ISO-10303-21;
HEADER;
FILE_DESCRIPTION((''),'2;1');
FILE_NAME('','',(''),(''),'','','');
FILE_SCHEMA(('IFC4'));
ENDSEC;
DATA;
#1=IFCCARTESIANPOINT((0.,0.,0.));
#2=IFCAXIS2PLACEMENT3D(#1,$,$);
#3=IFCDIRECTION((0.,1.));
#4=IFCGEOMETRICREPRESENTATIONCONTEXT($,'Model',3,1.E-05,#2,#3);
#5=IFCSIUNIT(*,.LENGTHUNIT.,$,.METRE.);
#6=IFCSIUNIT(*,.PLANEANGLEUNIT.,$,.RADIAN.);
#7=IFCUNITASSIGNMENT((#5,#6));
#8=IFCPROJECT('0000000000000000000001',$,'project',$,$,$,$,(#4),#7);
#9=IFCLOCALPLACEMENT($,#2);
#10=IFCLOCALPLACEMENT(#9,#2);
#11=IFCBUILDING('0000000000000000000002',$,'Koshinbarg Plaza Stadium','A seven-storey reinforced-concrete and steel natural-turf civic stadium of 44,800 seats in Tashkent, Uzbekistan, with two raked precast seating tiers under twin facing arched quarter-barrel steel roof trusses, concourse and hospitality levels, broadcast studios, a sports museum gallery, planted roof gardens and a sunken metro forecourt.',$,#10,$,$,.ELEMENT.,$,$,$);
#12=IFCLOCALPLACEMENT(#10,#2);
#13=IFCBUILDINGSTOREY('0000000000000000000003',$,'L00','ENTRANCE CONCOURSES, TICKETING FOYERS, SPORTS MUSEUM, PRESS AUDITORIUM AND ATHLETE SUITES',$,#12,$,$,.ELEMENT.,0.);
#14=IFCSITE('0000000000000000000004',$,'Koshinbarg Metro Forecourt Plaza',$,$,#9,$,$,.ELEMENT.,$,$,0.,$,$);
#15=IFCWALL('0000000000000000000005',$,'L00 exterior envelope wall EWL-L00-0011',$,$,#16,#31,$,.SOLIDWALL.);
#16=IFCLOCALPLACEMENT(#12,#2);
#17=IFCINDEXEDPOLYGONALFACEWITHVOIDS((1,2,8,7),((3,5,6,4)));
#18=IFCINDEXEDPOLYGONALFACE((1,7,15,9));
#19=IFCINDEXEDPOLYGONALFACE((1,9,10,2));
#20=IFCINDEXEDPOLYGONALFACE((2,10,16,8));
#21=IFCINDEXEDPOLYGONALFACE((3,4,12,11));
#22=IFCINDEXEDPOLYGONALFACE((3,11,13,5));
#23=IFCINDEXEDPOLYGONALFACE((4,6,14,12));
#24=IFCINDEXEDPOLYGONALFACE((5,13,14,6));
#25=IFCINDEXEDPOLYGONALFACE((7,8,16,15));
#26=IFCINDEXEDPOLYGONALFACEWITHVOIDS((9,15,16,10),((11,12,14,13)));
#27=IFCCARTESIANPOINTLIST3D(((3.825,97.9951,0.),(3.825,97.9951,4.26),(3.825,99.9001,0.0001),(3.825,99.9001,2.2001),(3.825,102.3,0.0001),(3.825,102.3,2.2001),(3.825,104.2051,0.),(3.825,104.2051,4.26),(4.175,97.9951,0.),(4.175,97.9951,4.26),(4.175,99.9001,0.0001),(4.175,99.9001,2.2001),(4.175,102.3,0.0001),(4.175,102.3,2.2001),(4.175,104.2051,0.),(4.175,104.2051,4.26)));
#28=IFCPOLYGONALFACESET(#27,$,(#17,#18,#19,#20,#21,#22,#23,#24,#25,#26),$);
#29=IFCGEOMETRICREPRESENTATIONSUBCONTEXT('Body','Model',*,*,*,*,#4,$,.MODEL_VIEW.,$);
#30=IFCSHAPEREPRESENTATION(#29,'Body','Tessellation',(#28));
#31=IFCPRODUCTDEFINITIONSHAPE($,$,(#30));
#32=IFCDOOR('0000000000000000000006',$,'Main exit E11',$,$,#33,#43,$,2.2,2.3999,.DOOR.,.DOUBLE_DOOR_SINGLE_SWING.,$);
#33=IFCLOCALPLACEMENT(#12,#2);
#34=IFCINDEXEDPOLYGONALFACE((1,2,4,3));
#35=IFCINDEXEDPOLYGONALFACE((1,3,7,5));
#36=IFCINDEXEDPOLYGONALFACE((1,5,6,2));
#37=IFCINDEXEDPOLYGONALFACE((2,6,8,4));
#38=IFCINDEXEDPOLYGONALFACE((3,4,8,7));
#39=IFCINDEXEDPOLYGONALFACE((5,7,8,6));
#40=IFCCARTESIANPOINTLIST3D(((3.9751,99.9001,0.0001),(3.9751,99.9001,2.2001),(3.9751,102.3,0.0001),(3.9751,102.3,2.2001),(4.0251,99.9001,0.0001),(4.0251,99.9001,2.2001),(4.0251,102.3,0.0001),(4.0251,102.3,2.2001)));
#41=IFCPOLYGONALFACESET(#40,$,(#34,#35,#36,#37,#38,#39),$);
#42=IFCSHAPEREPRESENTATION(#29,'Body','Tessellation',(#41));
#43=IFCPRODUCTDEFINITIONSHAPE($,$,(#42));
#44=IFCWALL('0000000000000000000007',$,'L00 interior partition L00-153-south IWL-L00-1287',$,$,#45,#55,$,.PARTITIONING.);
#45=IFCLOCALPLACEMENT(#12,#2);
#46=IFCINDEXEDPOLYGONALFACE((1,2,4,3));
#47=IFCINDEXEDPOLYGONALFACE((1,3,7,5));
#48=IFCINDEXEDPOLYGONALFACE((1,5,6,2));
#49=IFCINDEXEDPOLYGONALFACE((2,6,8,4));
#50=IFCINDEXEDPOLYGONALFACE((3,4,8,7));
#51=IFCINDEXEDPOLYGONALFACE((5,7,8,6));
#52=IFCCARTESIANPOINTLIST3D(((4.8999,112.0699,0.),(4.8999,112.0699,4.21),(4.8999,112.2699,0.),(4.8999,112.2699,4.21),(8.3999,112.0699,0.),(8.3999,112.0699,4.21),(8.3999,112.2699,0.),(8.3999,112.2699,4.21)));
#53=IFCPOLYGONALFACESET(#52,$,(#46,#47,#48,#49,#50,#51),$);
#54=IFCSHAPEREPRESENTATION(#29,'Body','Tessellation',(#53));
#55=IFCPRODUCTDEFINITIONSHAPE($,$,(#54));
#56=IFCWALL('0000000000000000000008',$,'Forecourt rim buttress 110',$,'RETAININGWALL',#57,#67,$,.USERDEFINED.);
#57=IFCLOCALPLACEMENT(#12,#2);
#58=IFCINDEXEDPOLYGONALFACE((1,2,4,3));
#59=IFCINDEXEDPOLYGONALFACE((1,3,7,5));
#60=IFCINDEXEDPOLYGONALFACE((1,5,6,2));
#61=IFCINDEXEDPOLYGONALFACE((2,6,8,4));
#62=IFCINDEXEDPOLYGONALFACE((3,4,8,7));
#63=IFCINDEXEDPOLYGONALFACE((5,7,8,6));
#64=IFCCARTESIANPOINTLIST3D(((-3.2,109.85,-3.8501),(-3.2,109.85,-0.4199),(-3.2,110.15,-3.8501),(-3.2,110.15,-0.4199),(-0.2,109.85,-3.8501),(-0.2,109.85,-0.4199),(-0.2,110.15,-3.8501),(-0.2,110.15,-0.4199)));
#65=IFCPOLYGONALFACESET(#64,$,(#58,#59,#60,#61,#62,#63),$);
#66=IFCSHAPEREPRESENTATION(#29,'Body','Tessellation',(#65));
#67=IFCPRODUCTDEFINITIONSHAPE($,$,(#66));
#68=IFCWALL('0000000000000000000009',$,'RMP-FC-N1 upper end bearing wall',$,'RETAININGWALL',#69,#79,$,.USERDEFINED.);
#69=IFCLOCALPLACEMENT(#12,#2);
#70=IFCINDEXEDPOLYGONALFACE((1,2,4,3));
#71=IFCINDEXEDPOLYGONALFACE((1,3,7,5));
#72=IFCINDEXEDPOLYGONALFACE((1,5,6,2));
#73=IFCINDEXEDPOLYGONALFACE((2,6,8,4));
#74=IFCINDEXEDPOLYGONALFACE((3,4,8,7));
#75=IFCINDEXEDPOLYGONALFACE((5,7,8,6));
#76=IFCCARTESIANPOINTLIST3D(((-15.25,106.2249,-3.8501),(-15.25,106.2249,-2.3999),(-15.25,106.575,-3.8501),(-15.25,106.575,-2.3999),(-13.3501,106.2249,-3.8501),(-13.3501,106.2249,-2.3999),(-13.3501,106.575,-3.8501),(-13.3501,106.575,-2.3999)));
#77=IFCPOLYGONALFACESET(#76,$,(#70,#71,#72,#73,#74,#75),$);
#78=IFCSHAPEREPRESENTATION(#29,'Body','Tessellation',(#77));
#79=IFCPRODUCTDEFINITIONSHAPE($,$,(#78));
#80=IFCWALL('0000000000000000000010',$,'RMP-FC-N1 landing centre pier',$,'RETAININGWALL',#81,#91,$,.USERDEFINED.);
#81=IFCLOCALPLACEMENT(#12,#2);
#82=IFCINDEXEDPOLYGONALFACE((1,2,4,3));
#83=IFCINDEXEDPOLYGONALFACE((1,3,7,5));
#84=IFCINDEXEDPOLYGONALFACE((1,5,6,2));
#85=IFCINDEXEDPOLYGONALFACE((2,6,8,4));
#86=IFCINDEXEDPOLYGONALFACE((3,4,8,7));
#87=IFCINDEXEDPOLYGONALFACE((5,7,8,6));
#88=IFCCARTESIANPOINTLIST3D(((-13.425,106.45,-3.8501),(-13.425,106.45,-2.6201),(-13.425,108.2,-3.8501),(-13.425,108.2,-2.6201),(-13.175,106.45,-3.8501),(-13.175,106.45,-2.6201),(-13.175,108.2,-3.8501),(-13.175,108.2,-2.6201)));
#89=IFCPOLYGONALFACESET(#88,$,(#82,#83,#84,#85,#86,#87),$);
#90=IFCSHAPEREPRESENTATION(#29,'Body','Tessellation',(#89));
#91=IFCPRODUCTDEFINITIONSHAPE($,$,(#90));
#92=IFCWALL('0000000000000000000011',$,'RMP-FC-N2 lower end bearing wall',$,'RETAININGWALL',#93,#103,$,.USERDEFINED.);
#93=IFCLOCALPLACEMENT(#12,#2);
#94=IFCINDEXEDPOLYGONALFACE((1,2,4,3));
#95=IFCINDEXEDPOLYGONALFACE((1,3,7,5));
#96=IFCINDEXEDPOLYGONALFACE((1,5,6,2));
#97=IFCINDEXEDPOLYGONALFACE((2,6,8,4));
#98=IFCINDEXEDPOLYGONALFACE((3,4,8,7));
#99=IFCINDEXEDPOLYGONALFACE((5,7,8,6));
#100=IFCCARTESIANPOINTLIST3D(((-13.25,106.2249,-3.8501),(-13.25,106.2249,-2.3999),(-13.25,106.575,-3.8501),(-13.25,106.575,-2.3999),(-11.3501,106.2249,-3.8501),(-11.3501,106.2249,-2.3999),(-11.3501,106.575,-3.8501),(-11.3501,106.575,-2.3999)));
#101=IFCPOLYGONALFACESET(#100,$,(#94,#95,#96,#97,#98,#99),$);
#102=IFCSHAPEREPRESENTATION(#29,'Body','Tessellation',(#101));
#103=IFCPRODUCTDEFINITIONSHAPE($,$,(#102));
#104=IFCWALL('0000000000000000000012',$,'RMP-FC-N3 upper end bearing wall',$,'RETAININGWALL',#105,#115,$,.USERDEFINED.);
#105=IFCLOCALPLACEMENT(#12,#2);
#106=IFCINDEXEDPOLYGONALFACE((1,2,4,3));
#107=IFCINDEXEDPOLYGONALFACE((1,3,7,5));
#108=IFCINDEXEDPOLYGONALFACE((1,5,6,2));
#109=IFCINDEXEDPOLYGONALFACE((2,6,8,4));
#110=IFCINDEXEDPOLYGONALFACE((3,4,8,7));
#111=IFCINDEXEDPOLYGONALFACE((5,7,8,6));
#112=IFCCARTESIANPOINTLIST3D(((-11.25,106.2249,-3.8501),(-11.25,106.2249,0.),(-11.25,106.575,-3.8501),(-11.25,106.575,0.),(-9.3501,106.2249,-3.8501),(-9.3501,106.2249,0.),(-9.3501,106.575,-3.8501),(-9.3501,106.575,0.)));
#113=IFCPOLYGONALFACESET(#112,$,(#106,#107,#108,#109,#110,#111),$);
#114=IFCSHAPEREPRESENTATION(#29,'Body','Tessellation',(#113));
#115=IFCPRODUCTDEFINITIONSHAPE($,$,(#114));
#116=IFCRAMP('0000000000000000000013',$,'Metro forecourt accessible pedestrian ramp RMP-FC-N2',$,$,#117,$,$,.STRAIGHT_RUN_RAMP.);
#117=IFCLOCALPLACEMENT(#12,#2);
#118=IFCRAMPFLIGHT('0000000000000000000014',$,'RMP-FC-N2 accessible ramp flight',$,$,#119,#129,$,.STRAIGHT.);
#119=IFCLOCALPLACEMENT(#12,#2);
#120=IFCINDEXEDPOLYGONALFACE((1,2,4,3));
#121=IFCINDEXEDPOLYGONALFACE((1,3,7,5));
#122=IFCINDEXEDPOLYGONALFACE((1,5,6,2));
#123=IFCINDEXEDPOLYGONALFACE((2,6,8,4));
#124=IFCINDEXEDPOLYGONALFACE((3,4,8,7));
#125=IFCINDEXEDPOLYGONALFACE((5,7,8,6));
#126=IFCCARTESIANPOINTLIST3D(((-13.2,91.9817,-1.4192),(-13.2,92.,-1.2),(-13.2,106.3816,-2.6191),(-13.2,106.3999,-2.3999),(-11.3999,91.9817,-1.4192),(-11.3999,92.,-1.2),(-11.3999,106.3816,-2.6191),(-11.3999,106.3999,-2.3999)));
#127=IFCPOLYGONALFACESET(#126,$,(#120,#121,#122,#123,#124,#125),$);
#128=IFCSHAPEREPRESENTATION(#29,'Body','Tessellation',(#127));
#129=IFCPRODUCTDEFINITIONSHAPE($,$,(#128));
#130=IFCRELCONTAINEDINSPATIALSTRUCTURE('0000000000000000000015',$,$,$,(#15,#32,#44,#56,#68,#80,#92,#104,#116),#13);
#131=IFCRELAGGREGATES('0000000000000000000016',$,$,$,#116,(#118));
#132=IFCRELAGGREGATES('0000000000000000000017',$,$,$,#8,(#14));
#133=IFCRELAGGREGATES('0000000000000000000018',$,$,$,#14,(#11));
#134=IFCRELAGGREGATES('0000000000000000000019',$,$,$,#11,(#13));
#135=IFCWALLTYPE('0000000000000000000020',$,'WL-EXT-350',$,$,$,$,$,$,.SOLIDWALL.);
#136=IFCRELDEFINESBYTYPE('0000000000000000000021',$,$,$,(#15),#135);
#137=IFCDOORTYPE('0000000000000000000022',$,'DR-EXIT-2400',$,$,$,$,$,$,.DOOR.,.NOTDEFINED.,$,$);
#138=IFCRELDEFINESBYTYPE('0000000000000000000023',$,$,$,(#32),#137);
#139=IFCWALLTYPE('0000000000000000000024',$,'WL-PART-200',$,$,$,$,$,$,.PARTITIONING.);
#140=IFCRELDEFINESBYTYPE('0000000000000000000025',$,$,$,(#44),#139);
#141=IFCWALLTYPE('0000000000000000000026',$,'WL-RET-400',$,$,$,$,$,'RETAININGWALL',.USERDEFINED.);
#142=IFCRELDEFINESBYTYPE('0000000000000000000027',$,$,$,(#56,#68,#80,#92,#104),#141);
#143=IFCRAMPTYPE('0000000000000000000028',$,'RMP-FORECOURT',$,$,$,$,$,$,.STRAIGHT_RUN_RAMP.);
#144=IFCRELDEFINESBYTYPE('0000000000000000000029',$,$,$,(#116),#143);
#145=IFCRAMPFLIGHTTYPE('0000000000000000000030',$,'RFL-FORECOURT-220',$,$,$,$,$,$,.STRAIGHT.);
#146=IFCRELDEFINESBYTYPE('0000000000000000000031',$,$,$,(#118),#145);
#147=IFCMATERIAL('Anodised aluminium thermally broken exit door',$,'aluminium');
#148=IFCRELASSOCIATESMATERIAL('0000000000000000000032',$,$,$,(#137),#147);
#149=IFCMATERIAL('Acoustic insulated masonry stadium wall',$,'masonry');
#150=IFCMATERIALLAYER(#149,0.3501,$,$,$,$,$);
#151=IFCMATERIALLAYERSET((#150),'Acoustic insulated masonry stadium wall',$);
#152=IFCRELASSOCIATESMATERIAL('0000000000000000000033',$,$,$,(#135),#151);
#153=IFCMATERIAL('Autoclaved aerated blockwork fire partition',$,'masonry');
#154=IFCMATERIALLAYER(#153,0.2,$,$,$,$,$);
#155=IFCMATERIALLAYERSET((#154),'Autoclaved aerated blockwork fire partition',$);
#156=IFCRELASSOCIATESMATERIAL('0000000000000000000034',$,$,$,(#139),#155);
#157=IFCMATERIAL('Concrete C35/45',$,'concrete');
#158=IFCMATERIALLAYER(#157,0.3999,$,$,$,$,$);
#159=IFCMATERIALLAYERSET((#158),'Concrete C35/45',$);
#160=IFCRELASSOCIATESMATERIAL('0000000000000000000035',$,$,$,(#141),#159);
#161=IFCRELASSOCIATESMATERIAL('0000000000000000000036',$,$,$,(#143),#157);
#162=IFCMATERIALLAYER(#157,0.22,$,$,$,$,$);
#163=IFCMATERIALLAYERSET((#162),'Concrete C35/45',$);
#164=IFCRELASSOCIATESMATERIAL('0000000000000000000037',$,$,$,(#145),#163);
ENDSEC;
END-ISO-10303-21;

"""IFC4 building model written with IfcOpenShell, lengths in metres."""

from ifc_helpers import new_model, si_unit, direction, frame, frame_2d, origin, place, context, subcontext, project, spatial, polyline, rectangle, outline, extrude, material, layer, layer_set, type_object, element, fill, aggregate, save


model = new_model("IFC4")

# Units and contexts
model_context = context("Model", 3, precision=1e-05, world=origin(), true_north=direction((0.0, 1.0)))
body_context = subcontext(model_context, "Body", "Model", "MODEL_VIEW")
ifc_project = project(units=[si_unit("LENGTHUNIT", "METRE"), si_unit("PLANEANGLEUNIT", "RADIAN")], contexts=[model_context])

# Site, building, storey
site_placement = place(None, origin())
site = spatial("IfcSite", under=ifc_project, at=site_placement, Name="Koshinbarg Metro Forecourt Plaza", CompositionType="ELEMENT", RefElevation=0.0)
building_placement = place(site_placement, origin())
building = spatial("IfcBuilding", under=site, at=building_placement, Name="Koshinbarg Plaza Stadium", Description="A seven-storey reinforced-concrete and steel natural-turf civic stadium of 44,800 seats in Tashkent, Uzbekistan, with two raked precast seating tiers under twin facing arched quarter-barrel steel roof trusses, concourse and hospitality levels, broadcast studios, a sports museum gallery, planted roof gardens and a sunken metro forecourt.", CompositionType="ELEMENT")
storey_placement = place(building_placement, origin())
storey = spatial("IfcBuildingStorey", under=building, at=storey_placement, Name="L00", Description="ENTRANCE CONCOURSES, TICKETING FOYERS, SPORTS MUSEUM, PRESS AUDITORIUM AND ATHLETE SUITES", CompositionType="ELEMENT", Elevation=0.0)

# Shared definitions
ifc_material_1 = material(Name="Concrete C35/45", Category="concrete")

# Wall, opening, door
ifc_material_2 = material(Name="Anodised aluminium thermally broken exit door", Category="aluminium")
door_type = type_object("IfcDoorType", Name="DR-EXIT-2400", OperationType="NOTDEFINED", PredefinedType="DOOR", material=ifc_material_2)
ifc_material_3 = material(Name="Acoustic insulated masonry stadium wall", Category="masonry")
ifc_layer_1 = layer(ifc_material_3, 0.3501)
ifc_layer_set_1 = layer_set([ifc_layer_1], Name="Acoustic insulated masonry stadium wall")
wall_type_1 = type_object("IfcWallType", Name="WL-EXT-350", PredefinedType="SOLIDWALL", material=ifc_layer_set_1)
wall_1_placement = place(storey_placement, frame((4.0, 97.9951, 0.0), z_axis=(0.0, 0.0, 1.0), x_axis=(0.0, 1.0, 0.0)))
wall_1 = element("IfcWall", 1, at=wall_1_placement, inside=storey, type_object=wall_type_1, Name="L00 exterior envelope wall EWL-L00-0011", PredefinedType="SOLIDWALL", context=body_context, shape_type="SweptSolid", body=[
    extrude(rectangle(XDim=6.21, YDim=0.3501, at=frame_2d((3.105, 0.0))), origin(), (0.0, 0.0, 1.0), 4.26),
])
opening_1_placement = place(wall_1_placement, frame((1.905, 0.0, 0.0)))
opening_1 = element("IfcOpeningElement", 2, at=opening_1_placement, cuts=wall_1, PredefinedType="OPENING", context=body_context, shape_type="SweptSolid", body=[
    extrude(rectangle(XDim=2.3999, YDim=2.2, at=frame_2d((1.2, 1.1001))), frame((0.0, 0.1851, 0.0), z_axis=(0.0, -1.0, 0.0), x_axis=(1.0, 0.0, 0.0)), (0.0, 0.0, 1.0), 0.3701),
])
door_1_placement = place(opening_1_placement, origin())
door_1 = element("IfcDoor", 3, at=door_1_placement, inside=storey, type_object=door_type, Name="Main exit E11", OperationType="DOUBLE_DOOR_SINGLE_SWING", OverallHeight=2.2, OverallWidth=2.3999, PredefinedType="DOOR", context=body_context, shape_type="SweptSolid", body=[
    extrude(rectangle(XDim=2.3999, YDim=2.2, at=frame_2d((1.2, 1.1001))), frame((0.0, 0.0249, 0.0), z_axis=(0.0, -1.0, 0.0), x_axis=(1.0, 0.0, 0.0)), (0.0, 0.0, 1.0), 0.05),
])
fill(opening_1, door_1)

# Walls
ifc_material_4 = material(Name="Autoclaved aerated blockwork fire partition", Category="masonry")
ifc_layer_2 = layer(ifc_material_4, 0.2)
ifc_layer_set_2 = layer_set([ifc_layer_2], Name="Autoclaved aerated blockwork fire partition")
wall_type_2 = type_object("IfcWallType", Name="WL-PART-200", PredefinedType="PARTITIONING", material=ifc_layer_set_2)
wall_2_placement = place(storey_placement, frame((4.8999, 112.1699, 0.0), z_axis=(0.0, 0.0, 1.0), x_axis=(1.0, 0.0, 0.0)))
element("IfcWall", 4, at=wall_2_placement, inside=storey, type_object=wall_type_2, Name="L00 interior partition L00-153-south IWL-L00-1287", PredefinedType="PARTITIONING", context=body_context, shape_type="SweptSolid", body=[
    extrude(rectangle(XDim=3.5, YDim=0.2, at=frame_2d((1.75, 0.0))), origin(), (0.0, 0.0, 1.0), 4.21),
])
ifc_layer_3 = layer(ifc_material_1, 0.3999)
ifc_layer_set_3 = layer_set([ifc_layer_3], Name="Concrete C35/45")
wall_type_3 = type_object("IfcWallType", Name="WL-RET-400", ElementType="RETAININGWALL", PredefinedType="USERDEFINED", material=ifc_layer_set_3)
wall_3_placement = place(storey_placement, frame((-3.2, 110.0, -3.8501), z_axis=(0.0, 0.0, 1.0), x_axis=(1.0, 0.0, 0.0)))
element("IfcWall", 5, at=wall_3_placement, inside=storey, type_object=wall_type_3, Name="Forecourt rim buttress 110", ObjectType="RETAININGWALL", PredefinedType="USERDEFINED", context=body_context, shape_type="SweptSolid", body=[
    extrude(rectangle(XDim=3.0, YDim=0.3, at=frame_2d((1.5, 0.0))), origin(), (0.0, 0.0, 1.0), 3.4302),
])
wall_4_placement = place(storey_placement, frame((-15.25, 106.3999, -3.8501), z_axis=(0.0, 0.0, 1.0), x_axis=(1.0, 0.0, 0.0)))
element("IfcWall", 6, at=wall_4_placement, inside=storey, type_object=wall_type_3, Name="RMP-FC-N1 upper end bearing wall", ObjectType="RETAININGWALL", PredefinedType="USERDEFINED", context=body_context, shape_type="SweptSolid", body=[
    extrude(rectangle(XDim=1.8999, YDim=0.3501, at=frame_2d((0.95, 0.0))), origin(), (0.0, 0.0, 1.0), 1.4502),
])
wall_5_placement = place(storey_placement, frame((-13.3, 106.45, -3.8501), z_axis=(0.0, 0.0, 1.0), x_axis=(0.0, 1.0, 0.0)))
element("IfcWall", 7, at=wall_5_placement, inside=storey, type_object=wall_type_3, Name="RMP-FC-N1 landing centre pier", ObjectType="RETAININGWALL", PredefinedType="USERDEFINED", context=body_context, shape_type="SweptSolid", body=[
    extrude(rectangle(XDim=1.75, YDim=0.25, at=frame_2d((0.875, 0.0))), origin(), (0.0, 0.0, 1.0), 1.23),
])
wall_6_placement = place(storey_placement, frame((-13.25, 106.3999, -3.8501), z_axis=(0.0, 0.0, 1.0), x_axis=(1.0, 0.0, 0.0)))
element("IfcWall", 8, at=wall_6_placement, inside=storey, type_object=wall_type_3, Name="RMP-FC-N2 lower end bearing wall", ObjectType="RETAININGWALL", PredefinedType="USERDEFINED", context=body_context, shape_type="SweptSolid", body=[
    extrude(rectangle(XDim=1.8999, YDim=0.3501, at=frame_2d((0.95, 0.0))), origin(), (0.0, 0.0, 1.0), 1.4502),
])
wall_7_placement = place(storey_placement, frame((-11.25, 106.3999, -3.8501), z_axis=(0.0, 0.0, 1.0), x_axis=(1.0, 0.0, 0.0)))
element("IfcWall", 9, at=wall_7_placement, inside=storey, type_object=wall_type_3, Name="RMP-FC-N3 upper end bearing wall", ObjectType="RETAININGWALL", PredefinedType="USERDEFINED", context=body_context, shape_type="SweptSolid", body=[
    extrude(rectangle(XDim=1.8999, YDim=0.3501, at=frame_2d((0.95, 0.0))), origin(), (0.0, 0.0, 1.0), 3.8501),
])

# Ramp, ramp flight
ramp_type = type_object("IfcRampType", Name="RMP-FORECOURT", PredefinedType="STRAIGHT_RUN_RAMP", material=ifc_material_1)
ramp_placement = place(storey_placement, origin())
ramp = element("IfcRamp", 10, at=ramp_placement, inside=storey, type_object=ramp_type, Name="Metro forecourt accessible pedestrian ramp RMP-FC-N2", PredefinedType="STRAIGHT_RUN_RAMP")
ifc_layer_4 = layer(ifc_material_1, 0.22)
ifc_layer_set_4 = layer_set([ifc_layer_4], Name="Concrete C35/45")
ramp_flight_type = type_object("IfcRampFlightType", Name="RFL-FORECOURT-220", PredefinedType="STRAIGHT", material=ifc_layer_set_4)
ramp_flight_placement = place(storey_placement, frame((-11.3999, 106.3999, -2.3999), z_axis=(0.0, 0.083043, 0.996546), x_axis=(-1.0, 0.0, 0.0)))
ramp_flight = element("IfcRampFlight", 11, at=ramp_flight_placement, type_object=ramp_flight_type, Name="RMP-FC-N2 accessible ramp flight", PredefinedType="STRAIGHT", context=body_context, shape_type="SweptSolid", body=[
    extrude(outline(polyline([(0.0, 0.0), (1.8, 0.0), (1.8, 14.4498), (0.0, 14.4498), (0.0, 0.0)])), origin(), (0.0, 0.0, -1.0), 0.22),
])
aggregate(ramp, [ramp_flight])

save(model, "model.ifc")
